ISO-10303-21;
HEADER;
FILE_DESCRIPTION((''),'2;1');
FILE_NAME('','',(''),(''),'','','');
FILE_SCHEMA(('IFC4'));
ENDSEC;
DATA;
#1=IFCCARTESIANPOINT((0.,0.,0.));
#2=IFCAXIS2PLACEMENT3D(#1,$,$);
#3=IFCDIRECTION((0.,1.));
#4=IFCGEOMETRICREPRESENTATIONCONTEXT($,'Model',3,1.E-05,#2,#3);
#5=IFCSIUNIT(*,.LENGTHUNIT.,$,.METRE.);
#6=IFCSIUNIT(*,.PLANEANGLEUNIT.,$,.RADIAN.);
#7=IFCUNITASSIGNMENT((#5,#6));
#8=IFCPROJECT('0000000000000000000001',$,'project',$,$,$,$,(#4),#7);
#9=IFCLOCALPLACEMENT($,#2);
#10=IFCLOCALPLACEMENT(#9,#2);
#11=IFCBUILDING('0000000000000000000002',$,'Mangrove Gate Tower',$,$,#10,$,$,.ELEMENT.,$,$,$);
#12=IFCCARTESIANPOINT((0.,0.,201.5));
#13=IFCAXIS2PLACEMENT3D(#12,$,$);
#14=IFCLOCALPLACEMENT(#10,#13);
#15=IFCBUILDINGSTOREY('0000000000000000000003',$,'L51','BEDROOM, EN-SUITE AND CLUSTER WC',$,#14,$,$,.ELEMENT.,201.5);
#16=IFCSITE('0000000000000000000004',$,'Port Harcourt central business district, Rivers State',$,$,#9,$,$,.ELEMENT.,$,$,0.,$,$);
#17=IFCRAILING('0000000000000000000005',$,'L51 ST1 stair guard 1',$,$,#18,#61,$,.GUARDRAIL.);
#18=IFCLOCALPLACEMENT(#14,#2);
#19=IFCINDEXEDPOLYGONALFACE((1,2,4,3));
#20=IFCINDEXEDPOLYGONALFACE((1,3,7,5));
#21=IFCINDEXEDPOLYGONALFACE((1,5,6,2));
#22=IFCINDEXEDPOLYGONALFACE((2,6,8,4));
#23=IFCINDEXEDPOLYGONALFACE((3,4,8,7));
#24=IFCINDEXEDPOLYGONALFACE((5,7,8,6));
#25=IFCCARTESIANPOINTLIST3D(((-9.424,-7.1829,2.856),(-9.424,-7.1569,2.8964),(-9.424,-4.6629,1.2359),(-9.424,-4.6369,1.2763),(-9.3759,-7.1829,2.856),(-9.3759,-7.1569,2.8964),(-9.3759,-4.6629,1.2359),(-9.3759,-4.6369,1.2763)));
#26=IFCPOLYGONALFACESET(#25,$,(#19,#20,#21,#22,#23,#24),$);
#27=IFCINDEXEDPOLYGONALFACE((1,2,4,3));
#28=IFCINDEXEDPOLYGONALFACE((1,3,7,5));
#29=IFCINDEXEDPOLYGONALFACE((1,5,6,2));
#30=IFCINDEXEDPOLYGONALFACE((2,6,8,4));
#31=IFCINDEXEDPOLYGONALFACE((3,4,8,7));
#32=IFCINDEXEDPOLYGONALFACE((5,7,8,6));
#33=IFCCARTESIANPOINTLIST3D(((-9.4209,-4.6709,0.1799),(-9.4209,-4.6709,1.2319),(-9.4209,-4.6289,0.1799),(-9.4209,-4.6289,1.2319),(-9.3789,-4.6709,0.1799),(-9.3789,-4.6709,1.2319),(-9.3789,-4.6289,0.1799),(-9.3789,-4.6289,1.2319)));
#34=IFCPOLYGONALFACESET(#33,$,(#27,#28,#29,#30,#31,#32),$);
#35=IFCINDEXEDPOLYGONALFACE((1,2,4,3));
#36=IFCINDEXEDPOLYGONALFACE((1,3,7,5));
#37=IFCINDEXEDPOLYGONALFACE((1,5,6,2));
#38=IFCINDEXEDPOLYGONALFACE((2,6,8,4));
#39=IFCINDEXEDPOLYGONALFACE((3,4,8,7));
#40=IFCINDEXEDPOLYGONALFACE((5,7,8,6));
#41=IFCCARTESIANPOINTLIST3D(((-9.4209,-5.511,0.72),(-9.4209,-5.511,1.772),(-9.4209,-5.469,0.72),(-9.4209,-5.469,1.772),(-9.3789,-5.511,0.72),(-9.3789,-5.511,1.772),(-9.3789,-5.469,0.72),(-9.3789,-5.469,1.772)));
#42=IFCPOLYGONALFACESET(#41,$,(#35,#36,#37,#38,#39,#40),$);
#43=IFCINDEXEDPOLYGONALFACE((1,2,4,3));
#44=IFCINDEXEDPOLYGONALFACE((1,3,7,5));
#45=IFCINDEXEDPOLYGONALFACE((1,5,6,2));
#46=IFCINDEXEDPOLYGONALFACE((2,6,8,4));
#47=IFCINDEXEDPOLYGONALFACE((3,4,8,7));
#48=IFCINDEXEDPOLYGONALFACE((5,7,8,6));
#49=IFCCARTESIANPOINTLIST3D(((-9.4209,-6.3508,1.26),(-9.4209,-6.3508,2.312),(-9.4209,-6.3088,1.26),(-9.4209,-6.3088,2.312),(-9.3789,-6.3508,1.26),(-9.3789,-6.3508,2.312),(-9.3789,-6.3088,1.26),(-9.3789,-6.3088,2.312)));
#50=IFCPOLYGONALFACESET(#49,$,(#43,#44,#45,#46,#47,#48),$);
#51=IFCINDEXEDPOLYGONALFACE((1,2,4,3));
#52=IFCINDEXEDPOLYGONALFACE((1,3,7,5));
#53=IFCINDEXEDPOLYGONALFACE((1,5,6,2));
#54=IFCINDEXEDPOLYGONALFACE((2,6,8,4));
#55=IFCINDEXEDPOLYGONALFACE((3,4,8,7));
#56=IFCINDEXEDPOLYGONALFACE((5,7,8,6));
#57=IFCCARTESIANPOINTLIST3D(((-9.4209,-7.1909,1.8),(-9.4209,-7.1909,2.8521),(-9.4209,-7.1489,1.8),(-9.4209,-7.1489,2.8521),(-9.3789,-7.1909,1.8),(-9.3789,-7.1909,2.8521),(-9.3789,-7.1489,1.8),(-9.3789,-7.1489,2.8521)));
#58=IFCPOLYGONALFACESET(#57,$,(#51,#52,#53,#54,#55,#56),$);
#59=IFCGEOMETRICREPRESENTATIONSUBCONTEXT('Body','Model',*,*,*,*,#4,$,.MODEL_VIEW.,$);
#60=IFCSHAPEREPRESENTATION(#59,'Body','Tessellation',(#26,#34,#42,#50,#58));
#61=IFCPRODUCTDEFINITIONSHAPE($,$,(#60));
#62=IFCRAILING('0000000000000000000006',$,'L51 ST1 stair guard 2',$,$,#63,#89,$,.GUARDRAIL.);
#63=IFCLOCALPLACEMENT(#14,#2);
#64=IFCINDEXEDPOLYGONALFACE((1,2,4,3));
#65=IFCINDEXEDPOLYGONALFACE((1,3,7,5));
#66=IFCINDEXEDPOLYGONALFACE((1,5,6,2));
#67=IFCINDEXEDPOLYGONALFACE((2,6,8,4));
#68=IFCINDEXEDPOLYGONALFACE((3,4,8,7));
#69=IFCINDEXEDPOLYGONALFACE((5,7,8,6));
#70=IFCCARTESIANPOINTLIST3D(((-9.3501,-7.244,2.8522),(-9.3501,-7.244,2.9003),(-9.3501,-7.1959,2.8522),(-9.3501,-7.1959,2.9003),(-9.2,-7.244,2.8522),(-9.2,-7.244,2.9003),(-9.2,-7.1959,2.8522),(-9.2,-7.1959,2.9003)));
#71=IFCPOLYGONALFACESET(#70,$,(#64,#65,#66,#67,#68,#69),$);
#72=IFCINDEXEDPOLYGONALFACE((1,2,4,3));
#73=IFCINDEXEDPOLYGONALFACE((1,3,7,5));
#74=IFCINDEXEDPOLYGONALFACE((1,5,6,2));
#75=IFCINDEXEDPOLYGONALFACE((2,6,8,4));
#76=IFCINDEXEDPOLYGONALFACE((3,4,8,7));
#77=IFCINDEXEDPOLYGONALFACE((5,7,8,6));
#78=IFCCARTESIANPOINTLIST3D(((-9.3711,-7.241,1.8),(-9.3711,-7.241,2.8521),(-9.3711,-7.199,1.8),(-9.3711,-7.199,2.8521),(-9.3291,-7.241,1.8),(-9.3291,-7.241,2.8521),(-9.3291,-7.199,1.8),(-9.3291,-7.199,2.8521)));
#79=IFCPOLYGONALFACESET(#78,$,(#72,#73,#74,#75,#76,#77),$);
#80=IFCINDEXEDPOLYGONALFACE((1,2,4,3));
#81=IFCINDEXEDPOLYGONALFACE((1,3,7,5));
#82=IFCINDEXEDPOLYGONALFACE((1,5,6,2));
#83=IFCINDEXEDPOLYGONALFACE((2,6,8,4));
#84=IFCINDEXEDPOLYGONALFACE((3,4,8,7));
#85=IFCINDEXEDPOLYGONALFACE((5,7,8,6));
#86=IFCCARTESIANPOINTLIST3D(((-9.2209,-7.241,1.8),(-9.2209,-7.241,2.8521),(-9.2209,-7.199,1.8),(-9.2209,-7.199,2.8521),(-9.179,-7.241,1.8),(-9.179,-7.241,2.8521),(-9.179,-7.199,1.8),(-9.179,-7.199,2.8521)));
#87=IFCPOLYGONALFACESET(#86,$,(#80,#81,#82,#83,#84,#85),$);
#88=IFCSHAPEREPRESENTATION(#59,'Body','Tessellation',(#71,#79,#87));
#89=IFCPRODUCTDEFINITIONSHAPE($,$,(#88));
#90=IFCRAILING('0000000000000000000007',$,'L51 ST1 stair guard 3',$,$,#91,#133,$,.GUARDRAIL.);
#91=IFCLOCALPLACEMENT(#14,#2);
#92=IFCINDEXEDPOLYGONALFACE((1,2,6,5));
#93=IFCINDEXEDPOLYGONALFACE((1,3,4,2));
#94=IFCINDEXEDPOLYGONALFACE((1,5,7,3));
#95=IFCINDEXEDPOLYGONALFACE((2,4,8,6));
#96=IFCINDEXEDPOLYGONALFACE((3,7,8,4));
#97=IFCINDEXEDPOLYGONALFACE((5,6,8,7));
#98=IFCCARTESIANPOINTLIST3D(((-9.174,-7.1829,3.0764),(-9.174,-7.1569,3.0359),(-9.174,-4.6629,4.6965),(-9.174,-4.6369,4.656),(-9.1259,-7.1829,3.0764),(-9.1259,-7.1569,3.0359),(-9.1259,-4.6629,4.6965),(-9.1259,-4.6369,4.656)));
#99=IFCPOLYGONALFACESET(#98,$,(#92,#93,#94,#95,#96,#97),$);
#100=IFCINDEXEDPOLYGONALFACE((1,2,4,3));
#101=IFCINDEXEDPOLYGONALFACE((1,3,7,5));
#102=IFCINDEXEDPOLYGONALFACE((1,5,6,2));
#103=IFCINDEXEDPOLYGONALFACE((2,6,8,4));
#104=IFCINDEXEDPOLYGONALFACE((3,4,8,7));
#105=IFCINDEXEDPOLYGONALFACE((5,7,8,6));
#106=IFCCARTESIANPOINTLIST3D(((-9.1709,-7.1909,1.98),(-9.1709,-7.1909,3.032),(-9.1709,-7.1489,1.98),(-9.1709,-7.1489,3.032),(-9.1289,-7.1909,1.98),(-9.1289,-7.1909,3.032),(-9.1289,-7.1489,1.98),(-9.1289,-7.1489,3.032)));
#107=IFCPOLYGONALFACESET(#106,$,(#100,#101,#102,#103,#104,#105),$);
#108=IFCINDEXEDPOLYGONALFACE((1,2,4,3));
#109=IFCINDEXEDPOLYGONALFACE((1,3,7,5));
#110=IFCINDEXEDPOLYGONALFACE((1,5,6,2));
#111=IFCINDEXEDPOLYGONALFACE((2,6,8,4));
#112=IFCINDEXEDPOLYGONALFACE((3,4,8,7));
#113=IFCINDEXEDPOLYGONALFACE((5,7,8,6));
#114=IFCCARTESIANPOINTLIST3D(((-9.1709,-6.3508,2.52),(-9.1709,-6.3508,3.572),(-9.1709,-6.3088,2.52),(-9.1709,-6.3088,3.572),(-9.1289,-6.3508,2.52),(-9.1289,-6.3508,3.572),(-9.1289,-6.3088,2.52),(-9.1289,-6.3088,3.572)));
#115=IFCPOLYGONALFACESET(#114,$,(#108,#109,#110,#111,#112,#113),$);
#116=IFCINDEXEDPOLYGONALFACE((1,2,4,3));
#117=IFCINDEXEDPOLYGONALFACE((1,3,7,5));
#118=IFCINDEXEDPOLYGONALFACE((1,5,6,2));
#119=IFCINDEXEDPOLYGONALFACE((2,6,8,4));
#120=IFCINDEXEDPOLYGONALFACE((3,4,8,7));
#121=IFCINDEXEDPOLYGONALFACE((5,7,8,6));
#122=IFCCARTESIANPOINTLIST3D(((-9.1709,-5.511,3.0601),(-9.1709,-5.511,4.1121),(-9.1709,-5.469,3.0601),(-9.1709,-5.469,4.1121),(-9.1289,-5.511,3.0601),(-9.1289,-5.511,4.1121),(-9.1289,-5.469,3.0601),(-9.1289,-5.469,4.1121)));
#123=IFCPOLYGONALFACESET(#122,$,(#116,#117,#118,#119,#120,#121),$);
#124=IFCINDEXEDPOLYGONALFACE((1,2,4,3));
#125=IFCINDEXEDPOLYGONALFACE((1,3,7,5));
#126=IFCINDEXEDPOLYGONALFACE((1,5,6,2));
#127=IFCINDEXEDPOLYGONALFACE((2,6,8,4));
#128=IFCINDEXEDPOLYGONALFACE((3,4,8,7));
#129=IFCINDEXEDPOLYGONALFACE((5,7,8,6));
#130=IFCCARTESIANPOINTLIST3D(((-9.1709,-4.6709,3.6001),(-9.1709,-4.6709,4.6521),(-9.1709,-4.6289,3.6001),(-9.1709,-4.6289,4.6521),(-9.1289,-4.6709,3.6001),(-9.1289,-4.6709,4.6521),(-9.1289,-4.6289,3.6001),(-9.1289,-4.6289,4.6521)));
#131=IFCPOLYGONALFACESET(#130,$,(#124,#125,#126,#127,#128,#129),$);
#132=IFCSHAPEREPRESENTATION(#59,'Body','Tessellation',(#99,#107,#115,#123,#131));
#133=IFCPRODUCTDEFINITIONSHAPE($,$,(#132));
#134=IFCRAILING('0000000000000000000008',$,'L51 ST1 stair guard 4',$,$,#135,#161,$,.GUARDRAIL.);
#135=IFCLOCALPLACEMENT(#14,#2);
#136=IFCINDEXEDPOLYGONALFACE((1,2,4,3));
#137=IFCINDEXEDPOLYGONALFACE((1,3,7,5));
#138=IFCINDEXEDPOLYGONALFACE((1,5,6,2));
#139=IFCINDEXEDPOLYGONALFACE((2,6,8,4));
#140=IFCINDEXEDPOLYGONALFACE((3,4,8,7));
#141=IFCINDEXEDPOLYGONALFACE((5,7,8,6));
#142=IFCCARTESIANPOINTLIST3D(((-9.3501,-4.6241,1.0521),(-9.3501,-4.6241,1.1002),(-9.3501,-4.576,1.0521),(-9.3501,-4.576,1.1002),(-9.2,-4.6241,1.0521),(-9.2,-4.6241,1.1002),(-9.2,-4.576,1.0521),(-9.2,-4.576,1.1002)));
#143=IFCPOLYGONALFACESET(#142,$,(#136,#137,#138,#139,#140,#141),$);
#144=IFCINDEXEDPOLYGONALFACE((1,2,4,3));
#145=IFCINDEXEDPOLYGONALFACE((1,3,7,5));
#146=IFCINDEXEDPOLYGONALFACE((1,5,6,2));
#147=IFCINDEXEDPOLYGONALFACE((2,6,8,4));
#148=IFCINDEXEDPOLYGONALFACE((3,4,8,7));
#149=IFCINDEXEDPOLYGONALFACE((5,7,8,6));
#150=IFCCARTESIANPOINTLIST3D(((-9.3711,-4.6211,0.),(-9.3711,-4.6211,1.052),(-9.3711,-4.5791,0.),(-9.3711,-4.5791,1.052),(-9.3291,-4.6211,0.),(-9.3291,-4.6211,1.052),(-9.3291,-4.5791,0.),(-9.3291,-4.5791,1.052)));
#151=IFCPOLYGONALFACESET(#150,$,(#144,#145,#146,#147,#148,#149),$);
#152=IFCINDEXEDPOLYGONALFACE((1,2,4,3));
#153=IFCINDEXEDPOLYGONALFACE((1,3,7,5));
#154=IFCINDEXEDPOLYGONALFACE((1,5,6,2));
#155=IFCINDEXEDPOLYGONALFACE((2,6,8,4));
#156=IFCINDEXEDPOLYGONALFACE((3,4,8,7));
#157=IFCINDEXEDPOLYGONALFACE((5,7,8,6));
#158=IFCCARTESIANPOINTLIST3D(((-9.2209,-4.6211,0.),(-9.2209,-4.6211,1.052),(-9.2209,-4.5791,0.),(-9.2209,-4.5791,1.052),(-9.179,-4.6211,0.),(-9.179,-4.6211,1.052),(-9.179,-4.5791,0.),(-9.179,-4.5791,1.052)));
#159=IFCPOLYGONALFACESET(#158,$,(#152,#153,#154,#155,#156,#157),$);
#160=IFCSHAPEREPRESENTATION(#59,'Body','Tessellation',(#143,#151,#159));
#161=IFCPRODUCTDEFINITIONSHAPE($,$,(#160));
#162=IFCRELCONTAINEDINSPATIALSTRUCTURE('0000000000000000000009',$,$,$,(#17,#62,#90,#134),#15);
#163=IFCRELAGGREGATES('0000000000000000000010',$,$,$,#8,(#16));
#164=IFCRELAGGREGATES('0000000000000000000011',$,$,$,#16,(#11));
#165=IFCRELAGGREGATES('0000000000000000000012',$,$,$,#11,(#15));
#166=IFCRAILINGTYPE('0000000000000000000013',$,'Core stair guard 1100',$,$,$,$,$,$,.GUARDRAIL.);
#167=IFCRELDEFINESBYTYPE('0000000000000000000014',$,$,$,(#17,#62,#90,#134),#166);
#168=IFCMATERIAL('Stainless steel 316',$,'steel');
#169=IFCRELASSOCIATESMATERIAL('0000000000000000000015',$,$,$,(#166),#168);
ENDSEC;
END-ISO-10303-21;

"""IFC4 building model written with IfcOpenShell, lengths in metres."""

from ifc_helpers import new_model, si_unit, direction, frame, origin, origin_2d, place, context, subcontext, project, spatial, rectangle, extrude, material, type_object, element, save


model = new_model("IFC4")

# Units and contexts
model_context = context("Model", 3, precision=1e-05, world=origin(), true_north=direction((0.0, 1.0)))
body_context = subcontext(model_context, "Body", "Model", "MODEL_VIEW")
ifc_project = project(units=[si_unit("LENGTHUNIT", "METRE"), si_unit("PLANEANGLEUNIT", "RADIAN")], contexts=[model_context])

# Site, building, storey
site_placement = place(None, origin())
site = spatial("IfcSite", under=ifc_project, at=site_placement, Name="Port Harcourt central business district, Rivers State", CompositionType="ELEMENT", RefElevation=0.0)
building_placement = place(site_placement, origin())
building = spatial("IfcBuilding", under=site, at=building_placement, Name="Mangrove Gate Tower", CompositionType="ELEMENT")
storey_placement = place(building_placement, frame((0.0, 0.0, 201.5)))
storey = spatial("IfcBuildingStorey", under=building, at=storey_placement, Name="L51", Description="BEDROOM, EN-SUITE AND CLUSTER WC", CompositionType="ELEMENT", Elevation=201.5)

# Railings
ifc_material_1 = material(Name="Stainless steel 316", Category="steel")
railing_type_1 = type_object("IfcRailingType", Name="Core stair guard 1100", PredefinedType="GUARDRAIL", material=ifc_material_1)
railing_1_placement = place(storey_placement, frame((-9.3999, -4.6499, 0.1799)))
element("IfcRailing", 1, at=railing_1_placement, inside=storey, type_object=railing_type_1, Name="L51 ST1 stair guard 1", PredefinedType="GUARDRAIL", context=body_context, shape_type="SweptSolid", body=[
    extrude(rectangle(XDim=0.0481, YDim=0.0481, at=origin_2d()), frame((0.0, 0.0, 1.0762), z_axis=(0.0, -0.841163, 0.540782), x_axis=(1.0, 0.0, 0.0)), (0.0, 0.0, 1.0), 2.9958),
    extrude(rectangle(XDim=0.042, YDim=0.042, at=origin_2d()), origin(), (0.0, 0.0, 1.0), 1.052),
    extrude(rectangle(XDim=0.042, YDim=0.042, at=origin_2d()), frame((0.0, -0.8401, 0.54)), (0.0, 0.0, 1.0), 1.052),
    extrude(rectangle(XDim=0.042, YDim=0.042, at=origin_2d()), frame((0.0, -1.6799, 1.0801)), (0.0, 0.0, 1.0), 1.052),
    extrude(rectangle(XDim=0.042, YDim=0.042, at=origin_2d()), frame((0.0, -2.52, 1.6201)), (0.0, 0.0, 1.0), 1.052),
])
railing_2_placement = place(storey_placement, frame((-9.3501, -7.22, 1.8)))
element("IfcRailing", 2, at=railing_2_placement, inside=storey, type_object=railing_type_1, Name="L51 ST1 stair guard 2", PredefinedType="GUARDRAIL", context=body_context, shape_type="SweptSolid", body=[
    extrude(rectangle(XDim=0.0481, YDim=0.0481, at=origin_2d()), frame((0.0, 0.0, 1.0762), z_axis=(1.0, 0.0, 0.0), x_axis=(0.0, 1.0, 0.0)), (0.0, 0.0, 1.0), 0.1501),
    extrude(rectangle(XDim=0.042, YDim=0.042, at=origin_2d()), origin(), (0.0, 0.0, 1.0), 1.052),
    extrude(rectangle(XDim=0.042, YDim=0.042, at=origin_2d()), frame((0.1501, 0.0, 0.0)), (0.0, 0.0, 1.0), 1.052),
])
railing_3_placement = place(storey_placement, frame((-9.1499, -7.1699, 1.98)))
element("IfcRailing", 3, at=railing_3_placement, inside=storey, type_object=railing_type_1, Name="L51 ST1 stair guard 3", PredefinedType="GUARDRAIL", context=body_context, shape_type="SweptSolid", body=[
    extrude(rectangle(XDim=0.0481, YDim=0.0481, at=origin_2d()), frame((0.0, 0.0, 1.0762), z_axis=(0.0, 0.841163, 0.540782), x_axis=(-1.0, 0.0, 0.0)), (0.0, 0.0, 1.0), 2.9958),
    extrude(rectangle(XDim=0.042, YDim=0.042, at=origin_2d()), origin(), (0.0, 0.0, 1.0), 1.052),
    extrude(rectangle(XDim=0.042, YDim=0.042, at=origin_2d()), frame((0.0, 0.8401, 0.54)), (0.0, 0.0, 1.0), 1.052),
    extrude(rectangle(XDim=0.042, YDim=0.042, at=origin_2d()), frame((0.0, 1.6799, 1.0801)), (0.0, 0.0, 1.0), 1.052),
    extrude(rectangle(XDim=0.042, YDim=0.042, at=origin_2d()), frame((0.0, 2.52, 1.6201)), (0.0, 0.0, 1.0), 1.052),
])
railing_4_placement = place(storey_placement, frame((-9.3501, -4.6001, 0.0)))
element("IfcRailing", 4, at=railing_4_placement, inside=storey, type_object=railing_type_1, Name="L51 ST1 stair guard 4", PredefinedType="GUARDRAIL", context=body_context, shape_type="SweptSolid", body=[
    extrude(rectangle(XDim=0.0481, YDim=0.0481, at=origin_2d()), frame((0.0, 0.0, 1.0762), z_axis=(1.0, 0.0, 0.0), x_axis=(0.0, 1.0, 0.0)), (0.0, 0.0, 1.0), 0.1501),
    extrude(rectangle(XDim=0.042, YDim=0.042, at=origin_2d()), origin(), (0.0, 0.0, 1.0), 1.052),
    extrude(rectangle(XDim=0.042, YDim=0.042, at=origin_2d()), frame((0.1501, 0.0, 0.0)), (0.0, 0.0, 1.0), 1.052),
])

save(model, "model.ifc")
